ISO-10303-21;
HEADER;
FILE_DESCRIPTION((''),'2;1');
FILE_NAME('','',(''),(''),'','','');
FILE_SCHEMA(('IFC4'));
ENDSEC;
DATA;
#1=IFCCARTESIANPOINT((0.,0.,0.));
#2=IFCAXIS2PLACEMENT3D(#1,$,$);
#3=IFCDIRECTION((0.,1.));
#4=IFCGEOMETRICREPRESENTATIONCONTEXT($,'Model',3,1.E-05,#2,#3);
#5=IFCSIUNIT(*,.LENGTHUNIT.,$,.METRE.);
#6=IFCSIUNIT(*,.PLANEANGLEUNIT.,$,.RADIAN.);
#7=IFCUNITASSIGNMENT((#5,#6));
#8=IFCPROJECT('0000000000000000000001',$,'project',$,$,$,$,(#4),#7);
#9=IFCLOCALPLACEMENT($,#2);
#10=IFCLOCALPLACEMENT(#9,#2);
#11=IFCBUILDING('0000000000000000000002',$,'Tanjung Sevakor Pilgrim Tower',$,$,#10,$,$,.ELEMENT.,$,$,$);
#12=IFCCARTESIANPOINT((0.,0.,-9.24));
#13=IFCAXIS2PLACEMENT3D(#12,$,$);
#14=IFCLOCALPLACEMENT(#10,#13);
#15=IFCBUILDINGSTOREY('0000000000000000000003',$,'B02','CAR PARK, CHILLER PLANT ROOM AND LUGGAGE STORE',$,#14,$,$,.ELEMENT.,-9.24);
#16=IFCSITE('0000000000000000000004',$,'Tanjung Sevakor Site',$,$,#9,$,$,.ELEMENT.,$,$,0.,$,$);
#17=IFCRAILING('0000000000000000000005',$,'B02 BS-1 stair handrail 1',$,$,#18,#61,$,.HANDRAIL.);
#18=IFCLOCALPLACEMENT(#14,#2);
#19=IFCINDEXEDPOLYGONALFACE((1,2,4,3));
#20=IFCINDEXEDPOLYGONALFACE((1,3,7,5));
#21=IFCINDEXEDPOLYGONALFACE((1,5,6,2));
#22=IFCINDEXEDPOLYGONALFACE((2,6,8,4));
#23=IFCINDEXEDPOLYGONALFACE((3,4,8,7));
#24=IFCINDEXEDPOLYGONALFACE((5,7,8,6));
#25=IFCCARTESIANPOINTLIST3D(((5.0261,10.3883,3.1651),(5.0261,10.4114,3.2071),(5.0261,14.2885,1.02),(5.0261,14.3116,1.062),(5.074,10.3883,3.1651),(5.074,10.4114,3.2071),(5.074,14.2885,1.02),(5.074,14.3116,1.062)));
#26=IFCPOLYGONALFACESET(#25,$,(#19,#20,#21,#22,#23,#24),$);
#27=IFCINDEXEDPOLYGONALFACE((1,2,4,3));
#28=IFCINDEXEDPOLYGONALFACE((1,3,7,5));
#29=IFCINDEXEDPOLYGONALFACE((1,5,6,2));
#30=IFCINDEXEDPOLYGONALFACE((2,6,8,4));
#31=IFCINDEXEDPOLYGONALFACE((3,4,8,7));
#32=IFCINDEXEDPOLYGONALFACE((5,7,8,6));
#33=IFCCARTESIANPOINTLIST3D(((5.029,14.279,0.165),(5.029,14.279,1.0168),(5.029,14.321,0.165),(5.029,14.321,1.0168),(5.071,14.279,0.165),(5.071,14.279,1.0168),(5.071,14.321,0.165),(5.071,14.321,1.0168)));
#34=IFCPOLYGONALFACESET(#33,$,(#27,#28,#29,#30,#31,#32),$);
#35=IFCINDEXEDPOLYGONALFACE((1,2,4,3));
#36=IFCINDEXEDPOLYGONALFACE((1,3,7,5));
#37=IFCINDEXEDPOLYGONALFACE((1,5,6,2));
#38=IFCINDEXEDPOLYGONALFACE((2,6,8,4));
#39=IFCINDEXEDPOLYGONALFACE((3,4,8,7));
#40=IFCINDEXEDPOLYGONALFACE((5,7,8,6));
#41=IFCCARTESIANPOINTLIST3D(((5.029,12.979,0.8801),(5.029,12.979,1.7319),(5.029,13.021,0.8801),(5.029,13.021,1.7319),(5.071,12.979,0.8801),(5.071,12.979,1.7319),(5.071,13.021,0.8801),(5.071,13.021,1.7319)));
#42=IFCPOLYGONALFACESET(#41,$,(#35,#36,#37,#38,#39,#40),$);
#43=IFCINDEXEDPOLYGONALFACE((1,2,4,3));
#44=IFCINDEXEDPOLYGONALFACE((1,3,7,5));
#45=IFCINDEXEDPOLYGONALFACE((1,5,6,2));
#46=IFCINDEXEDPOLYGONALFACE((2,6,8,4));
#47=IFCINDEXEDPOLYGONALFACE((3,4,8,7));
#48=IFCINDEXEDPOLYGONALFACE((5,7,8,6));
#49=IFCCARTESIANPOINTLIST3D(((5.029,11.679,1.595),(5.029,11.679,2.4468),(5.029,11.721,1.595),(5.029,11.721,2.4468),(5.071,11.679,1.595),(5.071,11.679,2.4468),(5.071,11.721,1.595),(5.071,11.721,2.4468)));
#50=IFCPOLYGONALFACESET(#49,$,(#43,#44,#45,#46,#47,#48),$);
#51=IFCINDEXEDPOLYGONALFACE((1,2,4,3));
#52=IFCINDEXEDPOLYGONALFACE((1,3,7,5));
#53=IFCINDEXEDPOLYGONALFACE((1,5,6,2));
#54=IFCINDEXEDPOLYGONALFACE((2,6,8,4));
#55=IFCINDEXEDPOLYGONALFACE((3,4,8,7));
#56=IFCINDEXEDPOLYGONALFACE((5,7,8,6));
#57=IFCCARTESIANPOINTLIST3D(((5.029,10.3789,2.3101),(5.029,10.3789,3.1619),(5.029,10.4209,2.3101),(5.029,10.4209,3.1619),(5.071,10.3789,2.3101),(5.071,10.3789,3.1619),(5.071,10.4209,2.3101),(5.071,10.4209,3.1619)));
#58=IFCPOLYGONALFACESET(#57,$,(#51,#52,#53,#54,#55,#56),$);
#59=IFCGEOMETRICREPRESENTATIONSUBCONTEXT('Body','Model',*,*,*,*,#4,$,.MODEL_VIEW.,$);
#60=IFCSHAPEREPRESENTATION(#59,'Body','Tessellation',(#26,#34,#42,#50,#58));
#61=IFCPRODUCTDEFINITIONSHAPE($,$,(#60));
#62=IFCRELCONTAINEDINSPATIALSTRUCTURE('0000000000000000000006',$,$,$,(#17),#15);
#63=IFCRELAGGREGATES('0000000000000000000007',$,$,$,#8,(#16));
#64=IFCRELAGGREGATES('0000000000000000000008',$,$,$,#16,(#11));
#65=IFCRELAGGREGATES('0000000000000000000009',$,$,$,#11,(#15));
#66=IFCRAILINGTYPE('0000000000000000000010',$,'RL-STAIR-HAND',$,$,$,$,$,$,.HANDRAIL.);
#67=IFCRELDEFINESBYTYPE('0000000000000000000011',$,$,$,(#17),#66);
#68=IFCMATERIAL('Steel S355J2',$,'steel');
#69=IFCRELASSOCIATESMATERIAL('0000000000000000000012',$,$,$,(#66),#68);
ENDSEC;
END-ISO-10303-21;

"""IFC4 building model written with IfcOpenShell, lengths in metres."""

from ifc_helpers import new_model, si_unit, direction, frame, origin, place, context, subcontext, project, spatial, rectangle, extrude, material, type_object, element, save


model = new_model("IFC4")

# Units and contexts
model_context = context("Model", 3, precision=1e-05, world=origin(), true_north=direction((0.0, 1.0)))
body_context = subcontext(model_context, "Body", "Model", "MODEL_VIEW")
ifc_project = project(units=[si_unit("LENGTHUNIT", "METRE"), si_unit("PLANEANGLEUNIT", "RADIAN")], contexts=[model_context])

# Site, building, storey
site_placement = place(None, origin())
site = spatial("IfcSite", under=ifc_project, at=site_placement, Name="Tanjung Sevakor Site", CompositionType="ELEMENT", RefElevation=0.0)
building_placement = place(site_placement, origin())
building = spatial("IfcBuilding", under=site, at=building_placement, Name="Tanjung Sevakor Pilgrim Tower", CompositionType="ELEMENT")
storey_placement = place(building_placement, frame((0.0, 0.0, -9.24)))
storey = spatial("IfcBuildingStorey", under=building, at=storey_placement, Name="B02", Description="CAR PARK, CHILLER PLANT ROOM AND LUGGAGE STORE", CompositionType="ELEMENT", Elevation=-9.24)

# Railing
ifc_material_1 = material(Name="Steel S355J2", Category="steel")
railing_type_1 = type_object("IfcRailingType", Name="RL-STAIR-HAND", PredefinedType="HANDRAIL", material=ifc_material_1)
railing_1_placement = place(storey_placement, frame((5.05, 14.3, 0.165)))
element("IfcRailing", 1, at=railing_1_placement, inside=storey, type_object=railing_type_1, Name="B02 BS-1 stair handrail 1", PredefinedType="HANDRAIL", context=body_context, shape_type="SweptSolid", body=[
    extrude(rectangle(XDim=0.0479, YDim=0.0479), frame((0.0, 0.0, 0.876), z_axis=(0.0, -0.876222, 0.481908), x_axis=(1.0, 0.0, 0.0)), (0.0, 0.0, 1.0), 4.4512),
    extrude(rectangle(XDim=0.042, YDim=0.042), origin(), (0.0, 0.0, 1.0), 0.8518),
    extrude(rectangle(XDim=0.042, YDim=0.042), frame((0.0, -1.3, 0.7151)), (0.0, 0.0, 1.0), 0.8518),
    extrude(rectangle(XDim=0.042, YDim=0.042), frame((0.0, -2.6001, 1.4299)), (0.0, 0.0, 1.0), 0.8518),
    extrude(rectangle(XDim=0.042, YDim=0.042), frame((0.0, -3.9001, 2.145)), (0.0, 0.0, 1.0), 0.8518),
])

save(model, "model.ifc")
